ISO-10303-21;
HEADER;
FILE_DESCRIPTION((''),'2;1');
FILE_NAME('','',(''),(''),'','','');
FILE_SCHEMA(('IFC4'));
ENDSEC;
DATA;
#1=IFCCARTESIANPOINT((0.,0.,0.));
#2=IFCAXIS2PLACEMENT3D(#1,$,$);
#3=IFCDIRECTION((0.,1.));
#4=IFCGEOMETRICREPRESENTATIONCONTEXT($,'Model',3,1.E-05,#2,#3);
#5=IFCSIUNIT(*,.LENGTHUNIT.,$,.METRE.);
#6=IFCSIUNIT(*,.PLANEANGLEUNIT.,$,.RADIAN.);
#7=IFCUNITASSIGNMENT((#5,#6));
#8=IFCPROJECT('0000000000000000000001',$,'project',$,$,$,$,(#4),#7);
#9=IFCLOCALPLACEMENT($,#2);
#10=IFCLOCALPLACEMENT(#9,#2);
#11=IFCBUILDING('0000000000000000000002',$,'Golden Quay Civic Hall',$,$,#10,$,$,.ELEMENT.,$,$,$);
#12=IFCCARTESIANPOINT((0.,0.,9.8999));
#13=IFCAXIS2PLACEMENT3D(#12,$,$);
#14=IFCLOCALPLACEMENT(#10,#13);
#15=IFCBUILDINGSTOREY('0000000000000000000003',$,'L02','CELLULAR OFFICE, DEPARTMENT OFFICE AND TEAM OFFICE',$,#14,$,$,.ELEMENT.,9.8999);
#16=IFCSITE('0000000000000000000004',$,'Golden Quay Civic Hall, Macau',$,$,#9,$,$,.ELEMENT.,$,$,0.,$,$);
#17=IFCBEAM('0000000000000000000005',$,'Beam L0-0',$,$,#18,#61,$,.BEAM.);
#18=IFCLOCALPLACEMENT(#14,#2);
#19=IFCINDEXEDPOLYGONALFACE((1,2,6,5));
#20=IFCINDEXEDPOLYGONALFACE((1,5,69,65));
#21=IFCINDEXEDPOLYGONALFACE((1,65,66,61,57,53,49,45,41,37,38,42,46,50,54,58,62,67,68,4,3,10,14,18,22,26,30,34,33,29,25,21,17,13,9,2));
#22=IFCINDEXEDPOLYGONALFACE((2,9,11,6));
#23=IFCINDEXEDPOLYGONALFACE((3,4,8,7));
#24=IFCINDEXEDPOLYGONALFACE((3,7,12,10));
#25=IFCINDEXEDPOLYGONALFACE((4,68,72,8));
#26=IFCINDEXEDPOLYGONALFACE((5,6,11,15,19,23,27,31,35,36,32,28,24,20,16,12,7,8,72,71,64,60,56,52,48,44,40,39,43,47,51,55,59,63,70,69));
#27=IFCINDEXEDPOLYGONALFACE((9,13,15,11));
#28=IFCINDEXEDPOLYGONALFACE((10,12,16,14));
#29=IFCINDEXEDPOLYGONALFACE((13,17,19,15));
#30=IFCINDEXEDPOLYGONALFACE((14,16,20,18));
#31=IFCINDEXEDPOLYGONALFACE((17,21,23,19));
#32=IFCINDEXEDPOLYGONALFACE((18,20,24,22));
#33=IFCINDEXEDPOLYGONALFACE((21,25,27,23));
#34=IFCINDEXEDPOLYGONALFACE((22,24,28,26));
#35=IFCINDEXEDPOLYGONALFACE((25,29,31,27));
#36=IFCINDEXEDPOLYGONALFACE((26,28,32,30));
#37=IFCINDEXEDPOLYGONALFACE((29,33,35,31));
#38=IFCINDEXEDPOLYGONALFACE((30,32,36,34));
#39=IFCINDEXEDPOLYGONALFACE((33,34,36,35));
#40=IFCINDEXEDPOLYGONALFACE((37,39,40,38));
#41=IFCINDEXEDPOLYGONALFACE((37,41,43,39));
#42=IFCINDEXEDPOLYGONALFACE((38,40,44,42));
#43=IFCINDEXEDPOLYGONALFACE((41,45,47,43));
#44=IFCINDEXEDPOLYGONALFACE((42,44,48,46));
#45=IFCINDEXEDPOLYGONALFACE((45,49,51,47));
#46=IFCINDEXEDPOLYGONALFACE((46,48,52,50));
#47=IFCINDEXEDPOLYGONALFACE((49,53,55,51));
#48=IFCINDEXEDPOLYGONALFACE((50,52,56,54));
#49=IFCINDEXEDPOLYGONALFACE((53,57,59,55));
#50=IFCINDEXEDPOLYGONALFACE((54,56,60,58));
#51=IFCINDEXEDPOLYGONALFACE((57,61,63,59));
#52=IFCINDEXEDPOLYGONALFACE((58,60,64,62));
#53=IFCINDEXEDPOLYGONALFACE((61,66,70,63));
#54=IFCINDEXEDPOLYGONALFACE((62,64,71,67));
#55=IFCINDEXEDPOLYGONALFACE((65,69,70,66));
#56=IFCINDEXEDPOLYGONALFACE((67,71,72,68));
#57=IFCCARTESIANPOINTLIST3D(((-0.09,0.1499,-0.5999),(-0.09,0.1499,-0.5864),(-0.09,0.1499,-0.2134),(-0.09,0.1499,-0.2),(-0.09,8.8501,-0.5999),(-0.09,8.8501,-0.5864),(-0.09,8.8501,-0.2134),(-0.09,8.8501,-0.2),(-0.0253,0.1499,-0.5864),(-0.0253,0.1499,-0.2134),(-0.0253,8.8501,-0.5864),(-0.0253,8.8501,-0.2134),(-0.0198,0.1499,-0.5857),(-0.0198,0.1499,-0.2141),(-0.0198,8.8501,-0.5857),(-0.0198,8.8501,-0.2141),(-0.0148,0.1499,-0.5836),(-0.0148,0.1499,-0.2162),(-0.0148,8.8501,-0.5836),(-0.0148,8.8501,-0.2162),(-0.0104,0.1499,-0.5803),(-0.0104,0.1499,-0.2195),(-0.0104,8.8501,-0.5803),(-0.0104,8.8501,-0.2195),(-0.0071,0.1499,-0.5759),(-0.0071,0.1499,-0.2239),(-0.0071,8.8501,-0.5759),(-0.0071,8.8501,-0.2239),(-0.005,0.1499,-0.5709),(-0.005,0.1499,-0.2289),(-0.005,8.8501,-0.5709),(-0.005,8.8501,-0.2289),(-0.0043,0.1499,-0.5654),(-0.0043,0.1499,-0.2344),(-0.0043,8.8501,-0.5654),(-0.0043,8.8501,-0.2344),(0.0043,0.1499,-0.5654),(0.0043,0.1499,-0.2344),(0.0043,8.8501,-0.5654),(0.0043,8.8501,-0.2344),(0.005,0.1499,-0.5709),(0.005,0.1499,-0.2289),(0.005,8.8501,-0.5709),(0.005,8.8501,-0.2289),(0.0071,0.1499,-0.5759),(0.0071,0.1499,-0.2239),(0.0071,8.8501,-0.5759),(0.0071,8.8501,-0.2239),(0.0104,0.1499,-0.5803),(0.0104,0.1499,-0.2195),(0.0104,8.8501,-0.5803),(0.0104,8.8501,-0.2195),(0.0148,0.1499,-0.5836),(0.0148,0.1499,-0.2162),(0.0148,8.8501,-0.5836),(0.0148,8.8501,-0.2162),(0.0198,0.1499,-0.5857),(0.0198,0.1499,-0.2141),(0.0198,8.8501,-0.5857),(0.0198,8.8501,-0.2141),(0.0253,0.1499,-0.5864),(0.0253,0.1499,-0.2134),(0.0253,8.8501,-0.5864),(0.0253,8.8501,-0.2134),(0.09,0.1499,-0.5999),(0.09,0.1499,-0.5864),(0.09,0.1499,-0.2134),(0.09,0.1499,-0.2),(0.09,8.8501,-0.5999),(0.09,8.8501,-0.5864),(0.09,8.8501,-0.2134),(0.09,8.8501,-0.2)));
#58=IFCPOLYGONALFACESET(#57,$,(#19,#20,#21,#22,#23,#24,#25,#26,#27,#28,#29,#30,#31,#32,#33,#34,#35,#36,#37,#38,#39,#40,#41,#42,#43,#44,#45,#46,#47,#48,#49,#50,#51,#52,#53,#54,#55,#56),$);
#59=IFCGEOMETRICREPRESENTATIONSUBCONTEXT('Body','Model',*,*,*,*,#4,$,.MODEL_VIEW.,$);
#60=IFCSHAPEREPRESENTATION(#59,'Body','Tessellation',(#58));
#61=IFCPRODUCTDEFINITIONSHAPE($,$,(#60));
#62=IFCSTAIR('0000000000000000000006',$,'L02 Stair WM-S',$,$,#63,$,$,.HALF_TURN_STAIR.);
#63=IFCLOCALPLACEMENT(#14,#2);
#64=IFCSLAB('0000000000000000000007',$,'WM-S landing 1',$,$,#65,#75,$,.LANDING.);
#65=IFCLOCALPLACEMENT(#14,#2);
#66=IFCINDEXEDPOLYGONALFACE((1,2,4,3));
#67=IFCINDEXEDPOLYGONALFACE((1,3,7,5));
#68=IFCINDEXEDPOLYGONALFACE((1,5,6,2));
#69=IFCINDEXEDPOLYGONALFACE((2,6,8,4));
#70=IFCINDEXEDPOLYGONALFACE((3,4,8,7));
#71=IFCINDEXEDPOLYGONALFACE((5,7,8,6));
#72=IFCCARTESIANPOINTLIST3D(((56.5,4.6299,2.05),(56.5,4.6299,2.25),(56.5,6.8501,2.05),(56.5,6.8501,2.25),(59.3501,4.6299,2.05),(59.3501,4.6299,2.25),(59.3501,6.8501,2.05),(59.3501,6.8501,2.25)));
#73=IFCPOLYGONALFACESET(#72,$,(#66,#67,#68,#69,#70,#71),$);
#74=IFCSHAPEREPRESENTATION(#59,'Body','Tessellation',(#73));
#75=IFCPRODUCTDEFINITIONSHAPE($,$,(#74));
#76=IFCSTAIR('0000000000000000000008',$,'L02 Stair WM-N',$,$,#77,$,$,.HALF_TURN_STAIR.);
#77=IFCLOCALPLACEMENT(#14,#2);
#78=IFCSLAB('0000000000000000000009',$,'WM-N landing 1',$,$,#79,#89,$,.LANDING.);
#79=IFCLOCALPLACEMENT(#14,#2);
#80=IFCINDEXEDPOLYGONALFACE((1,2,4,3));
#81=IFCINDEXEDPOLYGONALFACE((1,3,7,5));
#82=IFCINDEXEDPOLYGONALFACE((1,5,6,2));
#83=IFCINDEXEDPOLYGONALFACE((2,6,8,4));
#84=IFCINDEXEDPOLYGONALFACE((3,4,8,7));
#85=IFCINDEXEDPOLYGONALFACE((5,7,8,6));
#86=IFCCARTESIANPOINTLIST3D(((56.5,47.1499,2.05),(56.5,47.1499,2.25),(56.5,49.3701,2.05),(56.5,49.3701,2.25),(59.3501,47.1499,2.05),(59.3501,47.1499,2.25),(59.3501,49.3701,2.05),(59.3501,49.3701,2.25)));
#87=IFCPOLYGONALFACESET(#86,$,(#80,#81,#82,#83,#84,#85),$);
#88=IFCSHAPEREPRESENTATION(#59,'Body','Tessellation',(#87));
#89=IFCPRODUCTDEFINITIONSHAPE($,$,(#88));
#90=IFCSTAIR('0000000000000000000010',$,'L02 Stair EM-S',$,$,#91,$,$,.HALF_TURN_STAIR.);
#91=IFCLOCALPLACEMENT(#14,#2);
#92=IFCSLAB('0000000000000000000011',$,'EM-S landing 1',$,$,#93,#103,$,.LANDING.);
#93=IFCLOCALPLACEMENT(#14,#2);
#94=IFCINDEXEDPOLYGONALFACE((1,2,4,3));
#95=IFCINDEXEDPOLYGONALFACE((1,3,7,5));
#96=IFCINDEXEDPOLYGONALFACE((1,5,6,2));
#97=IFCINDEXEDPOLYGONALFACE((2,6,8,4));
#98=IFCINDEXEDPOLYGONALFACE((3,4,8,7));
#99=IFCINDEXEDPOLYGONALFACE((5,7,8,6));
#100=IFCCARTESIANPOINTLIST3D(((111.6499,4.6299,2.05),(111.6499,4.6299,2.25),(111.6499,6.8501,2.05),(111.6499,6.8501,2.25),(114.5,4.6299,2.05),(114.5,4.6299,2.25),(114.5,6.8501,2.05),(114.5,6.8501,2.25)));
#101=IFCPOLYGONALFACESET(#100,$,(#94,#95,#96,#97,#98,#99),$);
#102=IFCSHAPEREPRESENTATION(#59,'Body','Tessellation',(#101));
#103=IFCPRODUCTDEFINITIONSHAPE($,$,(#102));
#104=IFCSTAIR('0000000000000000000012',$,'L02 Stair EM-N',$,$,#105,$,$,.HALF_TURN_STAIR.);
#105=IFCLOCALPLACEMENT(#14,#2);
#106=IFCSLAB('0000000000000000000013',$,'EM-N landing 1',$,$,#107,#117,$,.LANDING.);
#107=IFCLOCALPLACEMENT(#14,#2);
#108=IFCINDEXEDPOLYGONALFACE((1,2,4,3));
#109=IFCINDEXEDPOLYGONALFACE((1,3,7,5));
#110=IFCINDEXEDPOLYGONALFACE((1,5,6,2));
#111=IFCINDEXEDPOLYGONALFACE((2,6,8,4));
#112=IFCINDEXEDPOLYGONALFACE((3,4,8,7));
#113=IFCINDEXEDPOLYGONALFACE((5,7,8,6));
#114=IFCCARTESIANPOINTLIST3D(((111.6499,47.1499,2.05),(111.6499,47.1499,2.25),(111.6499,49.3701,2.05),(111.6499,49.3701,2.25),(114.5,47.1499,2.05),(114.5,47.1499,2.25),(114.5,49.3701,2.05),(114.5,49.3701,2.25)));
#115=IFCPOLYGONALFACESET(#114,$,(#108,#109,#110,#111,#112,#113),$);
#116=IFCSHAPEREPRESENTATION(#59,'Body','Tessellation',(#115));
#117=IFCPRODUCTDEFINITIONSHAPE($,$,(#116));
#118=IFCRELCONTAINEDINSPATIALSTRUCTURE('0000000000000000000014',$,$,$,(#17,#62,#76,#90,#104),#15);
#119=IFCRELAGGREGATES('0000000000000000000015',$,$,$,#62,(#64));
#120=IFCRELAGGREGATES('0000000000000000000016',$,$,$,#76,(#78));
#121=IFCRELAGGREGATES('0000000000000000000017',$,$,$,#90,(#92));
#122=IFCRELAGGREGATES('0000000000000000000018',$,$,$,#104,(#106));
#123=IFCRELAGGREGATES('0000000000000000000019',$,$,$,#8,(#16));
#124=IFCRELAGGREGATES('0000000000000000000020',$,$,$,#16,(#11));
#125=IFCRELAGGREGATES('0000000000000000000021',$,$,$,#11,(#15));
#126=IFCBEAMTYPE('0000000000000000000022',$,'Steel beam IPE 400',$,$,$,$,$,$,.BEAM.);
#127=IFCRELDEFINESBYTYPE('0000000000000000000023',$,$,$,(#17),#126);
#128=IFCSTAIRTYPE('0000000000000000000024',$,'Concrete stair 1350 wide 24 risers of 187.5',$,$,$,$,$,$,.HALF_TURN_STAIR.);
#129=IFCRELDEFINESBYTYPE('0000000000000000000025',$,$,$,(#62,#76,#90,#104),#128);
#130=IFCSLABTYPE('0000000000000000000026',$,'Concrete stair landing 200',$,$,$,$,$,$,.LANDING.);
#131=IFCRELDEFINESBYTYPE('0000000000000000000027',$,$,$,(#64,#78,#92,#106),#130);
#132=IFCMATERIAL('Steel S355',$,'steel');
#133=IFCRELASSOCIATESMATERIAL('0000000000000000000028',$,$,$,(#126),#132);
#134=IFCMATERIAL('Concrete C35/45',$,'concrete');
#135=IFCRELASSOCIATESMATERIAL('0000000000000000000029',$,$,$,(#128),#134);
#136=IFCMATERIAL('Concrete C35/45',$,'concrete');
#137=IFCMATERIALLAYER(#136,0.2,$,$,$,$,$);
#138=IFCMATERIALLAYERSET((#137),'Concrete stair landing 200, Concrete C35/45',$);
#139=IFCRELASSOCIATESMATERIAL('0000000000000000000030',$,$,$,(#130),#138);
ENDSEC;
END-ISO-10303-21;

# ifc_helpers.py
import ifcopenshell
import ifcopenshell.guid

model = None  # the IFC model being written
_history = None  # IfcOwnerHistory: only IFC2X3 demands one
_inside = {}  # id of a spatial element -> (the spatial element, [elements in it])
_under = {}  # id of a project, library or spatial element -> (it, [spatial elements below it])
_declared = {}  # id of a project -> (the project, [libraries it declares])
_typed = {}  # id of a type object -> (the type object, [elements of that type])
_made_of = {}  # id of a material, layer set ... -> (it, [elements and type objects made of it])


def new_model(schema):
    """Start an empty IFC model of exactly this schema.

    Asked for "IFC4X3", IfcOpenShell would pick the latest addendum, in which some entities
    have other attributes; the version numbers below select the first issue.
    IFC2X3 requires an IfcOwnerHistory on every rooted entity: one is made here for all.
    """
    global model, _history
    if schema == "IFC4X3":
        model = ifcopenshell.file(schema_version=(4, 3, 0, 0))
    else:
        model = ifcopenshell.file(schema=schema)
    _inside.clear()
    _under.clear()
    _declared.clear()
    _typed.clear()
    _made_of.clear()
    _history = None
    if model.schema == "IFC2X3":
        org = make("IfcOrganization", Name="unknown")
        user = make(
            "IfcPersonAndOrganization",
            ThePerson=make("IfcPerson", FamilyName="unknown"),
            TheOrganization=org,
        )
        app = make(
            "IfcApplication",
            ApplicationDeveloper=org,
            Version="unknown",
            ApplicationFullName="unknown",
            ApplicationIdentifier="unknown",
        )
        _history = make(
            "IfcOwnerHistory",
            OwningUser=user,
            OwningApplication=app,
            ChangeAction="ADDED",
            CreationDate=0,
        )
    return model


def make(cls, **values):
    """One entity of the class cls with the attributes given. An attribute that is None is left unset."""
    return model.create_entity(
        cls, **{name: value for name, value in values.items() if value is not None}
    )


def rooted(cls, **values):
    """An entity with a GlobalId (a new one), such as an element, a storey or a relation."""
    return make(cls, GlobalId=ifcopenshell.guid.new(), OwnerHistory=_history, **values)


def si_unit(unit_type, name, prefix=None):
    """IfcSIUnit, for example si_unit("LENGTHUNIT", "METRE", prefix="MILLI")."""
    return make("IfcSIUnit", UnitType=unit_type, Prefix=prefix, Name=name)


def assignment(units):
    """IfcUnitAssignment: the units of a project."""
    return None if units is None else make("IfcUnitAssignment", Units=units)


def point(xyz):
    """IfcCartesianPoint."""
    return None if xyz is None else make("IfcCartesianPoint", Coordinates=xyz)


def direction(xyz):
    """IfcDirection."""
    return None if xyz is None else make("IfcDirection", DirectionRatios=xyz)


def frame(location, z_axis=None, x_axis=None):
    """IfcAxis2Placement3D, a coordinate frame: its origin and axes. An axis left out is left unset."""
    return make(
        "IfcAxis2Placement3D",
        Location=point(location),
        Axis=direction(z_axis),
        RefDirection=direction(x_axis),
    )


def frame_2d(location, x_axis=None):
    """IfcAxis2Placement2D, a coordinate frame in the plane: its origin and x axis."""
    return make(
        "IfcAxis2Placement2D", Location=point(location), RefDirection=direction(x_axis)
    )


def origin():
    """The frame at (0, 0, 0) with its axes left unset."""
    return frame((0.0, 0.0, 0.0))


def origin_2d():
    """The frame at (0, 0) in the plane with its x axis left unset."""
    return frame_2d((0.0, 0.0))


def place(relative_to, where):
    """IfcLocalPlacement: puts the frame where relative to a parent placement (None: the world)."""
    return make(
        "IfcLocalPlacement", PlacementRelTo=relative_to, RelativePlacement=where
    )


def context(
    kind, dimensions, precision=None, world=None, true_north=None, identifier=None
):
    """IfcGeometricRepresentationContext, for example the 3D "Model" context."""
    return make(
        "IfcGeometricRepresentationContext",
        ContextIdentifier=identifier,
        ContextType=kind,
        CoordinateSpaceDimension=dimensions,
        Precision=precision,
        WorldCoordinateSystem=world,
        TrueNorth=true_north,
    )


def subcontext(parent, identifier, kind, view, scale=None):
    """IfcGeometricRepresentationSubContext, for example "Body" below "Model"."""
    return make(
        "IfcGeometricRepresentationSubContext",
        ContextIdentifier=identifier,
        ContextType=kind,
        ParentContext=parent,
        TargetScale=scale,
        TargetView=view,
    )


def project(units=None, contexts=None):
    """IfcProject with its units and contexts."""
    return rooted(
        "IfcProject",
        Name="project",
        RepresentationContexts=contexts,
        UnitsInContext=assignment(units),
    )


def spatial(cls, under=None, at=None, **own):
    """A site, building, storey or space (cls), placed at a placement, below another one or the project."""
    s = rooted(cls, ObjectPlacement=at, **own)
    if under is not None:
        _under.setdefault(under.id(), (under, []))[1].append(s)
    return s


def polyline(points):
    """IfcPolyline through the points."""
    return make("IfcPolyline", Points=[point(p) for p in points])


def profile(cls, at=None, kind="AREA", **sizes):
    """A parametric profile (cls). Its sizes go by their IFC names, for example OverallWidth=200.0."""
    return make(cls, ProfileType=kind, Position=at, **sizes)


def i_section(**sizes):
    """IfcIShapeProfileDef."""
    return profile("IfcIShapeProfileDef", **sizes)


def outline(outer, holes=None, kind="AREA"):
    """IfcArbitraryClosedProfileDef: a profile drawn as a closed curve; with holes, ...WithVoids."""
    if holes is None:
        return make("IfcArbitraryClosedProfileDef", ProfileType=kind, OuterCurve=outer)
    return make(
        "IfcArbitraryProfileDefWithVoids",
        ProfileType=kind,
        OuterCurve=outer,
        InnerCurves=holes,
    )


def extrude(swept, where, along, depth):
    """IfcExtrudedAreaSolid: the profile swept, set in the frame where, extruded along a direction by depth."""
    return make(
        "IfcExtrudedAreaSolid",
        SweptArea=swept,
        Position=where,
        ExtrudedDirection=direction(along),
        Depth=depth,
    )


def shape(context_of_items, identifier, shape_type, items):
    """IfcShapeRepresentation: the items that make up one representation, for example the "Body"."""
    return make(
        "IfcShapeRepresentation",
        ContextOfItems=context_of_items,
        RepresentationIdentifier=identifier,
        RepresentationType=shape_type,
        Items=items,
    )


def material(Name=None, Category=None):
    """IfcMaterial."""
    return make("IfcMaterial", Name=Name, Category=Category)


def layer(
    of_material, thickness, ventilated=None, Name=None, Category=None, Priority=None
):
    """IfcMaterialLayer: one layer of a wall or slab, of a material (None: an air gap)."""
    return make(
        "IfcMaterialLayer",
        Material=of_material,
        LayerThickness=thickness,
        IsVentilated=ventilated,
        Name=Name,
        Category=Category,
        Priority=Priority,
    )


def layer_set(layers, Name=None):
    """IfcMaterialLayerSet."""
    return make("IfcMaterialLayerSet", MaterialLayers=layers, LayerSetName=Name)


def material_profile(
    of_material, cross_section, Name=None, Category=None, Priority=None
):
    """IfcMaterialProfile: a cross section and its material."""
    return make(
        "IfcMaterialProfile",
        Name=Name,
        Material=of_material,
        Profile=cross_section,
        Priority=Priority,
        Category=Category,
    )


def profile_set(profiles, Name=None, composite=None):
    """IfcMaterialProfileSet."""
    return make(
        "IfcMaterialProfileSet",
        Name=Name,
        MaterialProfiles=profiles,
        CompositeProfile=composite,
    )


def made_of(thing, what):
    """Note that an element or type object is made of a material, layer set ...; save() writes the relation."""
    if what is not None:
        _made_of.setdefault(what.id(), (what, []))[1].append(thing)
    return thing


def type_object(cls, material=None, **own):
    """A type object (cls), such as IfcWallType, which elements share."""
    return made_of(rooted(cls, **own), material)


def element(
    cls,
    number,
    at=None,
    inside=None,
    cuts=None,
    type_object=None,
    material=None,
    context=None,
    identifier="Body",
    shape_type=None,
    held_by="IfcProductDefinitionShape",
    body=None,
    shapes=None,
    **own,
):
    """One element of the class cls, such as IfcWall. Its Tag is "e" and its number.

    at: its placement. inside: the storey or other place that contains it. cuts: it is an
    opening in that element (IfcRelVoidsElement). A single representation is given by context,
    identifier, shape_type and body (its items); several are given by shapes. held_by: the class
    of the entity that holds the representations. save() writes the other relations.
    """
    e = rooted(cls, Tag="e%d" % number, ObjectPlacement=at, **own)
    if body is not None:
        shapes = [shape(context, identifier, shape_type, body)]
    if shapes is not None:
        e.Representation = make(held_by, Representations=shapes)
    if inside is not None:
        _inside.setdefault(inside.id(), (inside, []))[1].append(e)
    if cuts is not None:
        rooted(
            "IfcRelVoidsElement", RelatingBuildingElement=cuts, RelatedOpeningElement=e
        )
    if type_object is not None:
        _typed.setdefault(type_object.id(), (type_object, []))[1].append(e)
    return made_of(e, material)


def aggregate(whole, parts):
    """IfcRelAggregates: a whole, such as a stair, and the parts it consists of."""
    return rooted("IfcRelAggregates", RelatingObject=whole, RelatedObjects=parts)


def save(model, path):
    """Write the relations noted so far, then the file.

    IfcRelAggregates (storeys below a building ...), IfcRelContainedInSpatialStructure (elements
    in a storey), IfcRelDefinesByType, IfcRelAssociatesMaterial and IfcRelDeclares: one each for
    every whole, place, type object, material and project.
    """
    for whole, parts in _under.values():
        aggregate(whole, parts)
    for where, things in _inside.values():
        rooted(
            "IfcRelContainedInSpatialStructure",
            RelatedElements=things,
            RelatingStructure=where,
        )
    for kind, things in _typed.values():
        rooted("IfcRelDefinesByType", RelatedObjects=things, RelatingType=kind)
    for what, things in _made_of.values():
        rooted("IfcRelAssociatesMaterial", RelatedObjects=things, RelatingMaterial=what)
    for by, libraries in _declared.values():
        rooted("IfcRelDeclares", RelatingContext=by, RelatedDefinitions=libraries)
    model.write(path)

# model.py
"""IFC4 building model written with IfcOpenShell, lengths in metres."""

from ifc_helpers import new_model, si_unit, direction, frame, origin, origin_2d, place, context, subcontext, project, spatial, polyline, i_section, outline, extrude, material, layer, layer_set, material_profile, profile_set, type_object, element, aggregate, save


model = new_model("IFC4")

# Units and contexts
model_context = context("Model", 3, precision=1e-05, world=origin(), true_north=direction((0.0, 1.0)))
body_context = subcontext(model_context, "Body", "Model", "MODEL_VIEW")
ifc_project = project(units=[si_unit("LENGTHUNIT", "METRE"), si_unit("PLANEANGLEUNIT", "RADIAN")], contexts=[model_context])

# Site, building, storey
site_placement = place(None, origin())
site = spatial("IfcSite", under=ifc_project, at=site_placement, Name="Golden Quay Civic Hall, Macau", CompositionType="ELEMENT", RefElevation=0.0)
building_placement = place(site_placement, origin())
building = spatial("IfcBuilding", under=site, at=building_placement, Name="Golden Quay Civic Hall", CompositionType="ELEMENT")
storey_placement = place(building_placement, frame((0.0, 0.0, 9.8999)))
storey = spatial("IfcBuildingStorey", under=building, at=storey_placement, Name="L02", Description="CELLULAR OFFICE, DEPARTMENT OFFICE AND TEAM OFFICE", CompositionType="ELEMENT", Elevation=9.8999)

# Beam
ifc_material_1 = material(Name="Steel S355", Category="steel")
ifc_material_profile = material_profile(ifc_material_1, i_section(OverallWidth=0.1799, OverallDepth=0.3999, WebThickness=0.0085, FlangeThickness=0.0134, FilletRadius=0.021, at=origin_2d()), Name="IPE 400")
ifc_profile_set = profile_set([ifc_material_profile], Name="Steel S355")
beam_type = type_object("IfcBeamType", Name="Steel beam IPE 400", PredefinedType="BEAM", material=ifc_profile_set)
beam_placement = place(storey_placement, frame((0.0, 0.1499, -0.3999), z_axis=(0.0, 1.0, 0.0), x_axis=(-1.0, 0.0, 0.0)))
element("IfcBeam", 1, at=beam_placement, inside=storey, type_object=beam_type, Name="Beam L0-0", PredefinedType="BEAM", context=body_context, shape_type="SweptSolid", body=[
    extrude(i_section(OverallWidth=0.1799, OverallDepth=0.3999, WebThickness=0.0085, FlangeThickness=0.0134, FilletRadius=0.021, at=origin_2d()), origin(), (0.0, 0.0, 1.0), 8.7002),
])

# Stairs, slabs
ifc_material_2 = material(Name="Concrete C35/45", Category="concrete")
stair_type = type_object("IfcStairType", Name="Concrete stair 1350 wide 24 risers of 187.5", PredefinedType="HALF_TURN_STAIR", material=ifc_material_2)
stair_1_placement = place(storey_placement, origin())
stair_1 = element("IfcStair", 2, at=stair_1_placement, inside=storey, type_object=stair_type, Name="L02 Stair WM-S", PredefinedType="HALF_TURN_STAIR")
ifc_material_3 = material(Name="Concrete C35/45", Category="concrete")
ifc_layer_1 = layer(ifc_material_3, 0.2)
ifc_layer_set_1 = layer_set([ifc_layer_1], Name="Concrete stair landing 200, Concrete C35/45")
slab_type = type_object("IfcSlabType", Name="Concrete stair landing 200", PredefinedType="LANDING", material=ifc_layer_set_1)
slab_1_placement = place(storey_placement, frame((0.0, 0.0, 2.05)))
slab_1 = element("IfcSlab", 3, at=slab_1_placement, type_object=slab_type, Name="WM-S landing 1", PredefinedType="LANDING", context=body_context, shape_type="SweptSolid", body=[
    extrude(outline(polyline([(59.3501, 4.6299), (59.3501, 6.8501), (56.5, 6.8501), (56.5, 4.6299), (59.3501, 4.6299)])), origin(), (0.0, 0.0, 1.0), 0.2),
])
aggregate(stair_1, [slab_1])
stair_2_placement = place(storey_placement, origin())
stair_2 = element("IfcStair", 4, at=stair_2_placement, inside=storey, type_object=stair_type, Name="L02 Stair WM-N", PredefinedType="HALF_TURN_STAIR")
slab_2_placement = place(storey_placement, frame((0.0, 0.0, 2.05)))
slab_2 = element("IfcSlab", 5, at=slab_2_placement, type_object=slab_type, Name="WM-N landing 1", PredefinedType="LANDING", context=body_context, shape_type="SweptSolid", body=[
    extrude(outline(polyline([(56.5, 49.3701), (56.5, 47.1499), (59.3501, 47.1499), (59.3501, 49.3701), (56.5, 49.3701)])), origin(), (0.0, 0.0, 1.0), 0.2),
])
aggregate(stair_2, [slab_2])
stair_3_placement = place(storey_placement, origin())
stair_3 = element("IfcStair", 6, at=stair_3_placement, inside=storey, type_object=stair_type, Name="L02 Stair EM-S", PredefinedType="HALF_TURN_STAIR")
slab_3_placement = place(storey_placement, frame((0.0, 0.0, 2.05)))
slab_3 = element("IfcSlab", 7, at=slab_3_placement, type_object=slab_type, Name="EM-S landing 1", PredefinedType="LANDING", context=body_context, shape_type="SweptSolid", body=[
    extrude(outline(polyline([(114.5, 4.6299), (114.5, 6.8501), (111.6499, 6.8501), (111.6499, 4.6299), (114.5, 4.6299)])), origin(), (0.0, 0.0, 1.0), 0.2),
])
aggregate(stair_3, [slab_3])
stair_4_placement = place(storey_placement, origin())
stair_4 = element("IfcStair", 8, at=stair_4_placement, inside=storey, type_object=stair_type, Name="L02 Stair EM-N", PredefinedType="HALF_TURN_STAIR")
slab_4_placement = place(storey_placement, frame((0.0, 0.0, 2.05)))
slab_4 = element("IfcSlab", 9, at=slab_4_placement, type_object=slab_type, Name="EM-N landing 1", PredefinedType="LANDING", context=body_context, shape_type="SweptSolid", body=[
    extrude(outline(polyline([(111.6499, 49.3701), (111.6499, 47.1499), (114.5, 47.1499), (114.5, 49.3701), (111.6499, 49.3701)])), origin(), (0.0, 0.0, 1.0), 0.2),
])
aggregate(stair_4, [slab_4])

save(model, "model.ifc")
